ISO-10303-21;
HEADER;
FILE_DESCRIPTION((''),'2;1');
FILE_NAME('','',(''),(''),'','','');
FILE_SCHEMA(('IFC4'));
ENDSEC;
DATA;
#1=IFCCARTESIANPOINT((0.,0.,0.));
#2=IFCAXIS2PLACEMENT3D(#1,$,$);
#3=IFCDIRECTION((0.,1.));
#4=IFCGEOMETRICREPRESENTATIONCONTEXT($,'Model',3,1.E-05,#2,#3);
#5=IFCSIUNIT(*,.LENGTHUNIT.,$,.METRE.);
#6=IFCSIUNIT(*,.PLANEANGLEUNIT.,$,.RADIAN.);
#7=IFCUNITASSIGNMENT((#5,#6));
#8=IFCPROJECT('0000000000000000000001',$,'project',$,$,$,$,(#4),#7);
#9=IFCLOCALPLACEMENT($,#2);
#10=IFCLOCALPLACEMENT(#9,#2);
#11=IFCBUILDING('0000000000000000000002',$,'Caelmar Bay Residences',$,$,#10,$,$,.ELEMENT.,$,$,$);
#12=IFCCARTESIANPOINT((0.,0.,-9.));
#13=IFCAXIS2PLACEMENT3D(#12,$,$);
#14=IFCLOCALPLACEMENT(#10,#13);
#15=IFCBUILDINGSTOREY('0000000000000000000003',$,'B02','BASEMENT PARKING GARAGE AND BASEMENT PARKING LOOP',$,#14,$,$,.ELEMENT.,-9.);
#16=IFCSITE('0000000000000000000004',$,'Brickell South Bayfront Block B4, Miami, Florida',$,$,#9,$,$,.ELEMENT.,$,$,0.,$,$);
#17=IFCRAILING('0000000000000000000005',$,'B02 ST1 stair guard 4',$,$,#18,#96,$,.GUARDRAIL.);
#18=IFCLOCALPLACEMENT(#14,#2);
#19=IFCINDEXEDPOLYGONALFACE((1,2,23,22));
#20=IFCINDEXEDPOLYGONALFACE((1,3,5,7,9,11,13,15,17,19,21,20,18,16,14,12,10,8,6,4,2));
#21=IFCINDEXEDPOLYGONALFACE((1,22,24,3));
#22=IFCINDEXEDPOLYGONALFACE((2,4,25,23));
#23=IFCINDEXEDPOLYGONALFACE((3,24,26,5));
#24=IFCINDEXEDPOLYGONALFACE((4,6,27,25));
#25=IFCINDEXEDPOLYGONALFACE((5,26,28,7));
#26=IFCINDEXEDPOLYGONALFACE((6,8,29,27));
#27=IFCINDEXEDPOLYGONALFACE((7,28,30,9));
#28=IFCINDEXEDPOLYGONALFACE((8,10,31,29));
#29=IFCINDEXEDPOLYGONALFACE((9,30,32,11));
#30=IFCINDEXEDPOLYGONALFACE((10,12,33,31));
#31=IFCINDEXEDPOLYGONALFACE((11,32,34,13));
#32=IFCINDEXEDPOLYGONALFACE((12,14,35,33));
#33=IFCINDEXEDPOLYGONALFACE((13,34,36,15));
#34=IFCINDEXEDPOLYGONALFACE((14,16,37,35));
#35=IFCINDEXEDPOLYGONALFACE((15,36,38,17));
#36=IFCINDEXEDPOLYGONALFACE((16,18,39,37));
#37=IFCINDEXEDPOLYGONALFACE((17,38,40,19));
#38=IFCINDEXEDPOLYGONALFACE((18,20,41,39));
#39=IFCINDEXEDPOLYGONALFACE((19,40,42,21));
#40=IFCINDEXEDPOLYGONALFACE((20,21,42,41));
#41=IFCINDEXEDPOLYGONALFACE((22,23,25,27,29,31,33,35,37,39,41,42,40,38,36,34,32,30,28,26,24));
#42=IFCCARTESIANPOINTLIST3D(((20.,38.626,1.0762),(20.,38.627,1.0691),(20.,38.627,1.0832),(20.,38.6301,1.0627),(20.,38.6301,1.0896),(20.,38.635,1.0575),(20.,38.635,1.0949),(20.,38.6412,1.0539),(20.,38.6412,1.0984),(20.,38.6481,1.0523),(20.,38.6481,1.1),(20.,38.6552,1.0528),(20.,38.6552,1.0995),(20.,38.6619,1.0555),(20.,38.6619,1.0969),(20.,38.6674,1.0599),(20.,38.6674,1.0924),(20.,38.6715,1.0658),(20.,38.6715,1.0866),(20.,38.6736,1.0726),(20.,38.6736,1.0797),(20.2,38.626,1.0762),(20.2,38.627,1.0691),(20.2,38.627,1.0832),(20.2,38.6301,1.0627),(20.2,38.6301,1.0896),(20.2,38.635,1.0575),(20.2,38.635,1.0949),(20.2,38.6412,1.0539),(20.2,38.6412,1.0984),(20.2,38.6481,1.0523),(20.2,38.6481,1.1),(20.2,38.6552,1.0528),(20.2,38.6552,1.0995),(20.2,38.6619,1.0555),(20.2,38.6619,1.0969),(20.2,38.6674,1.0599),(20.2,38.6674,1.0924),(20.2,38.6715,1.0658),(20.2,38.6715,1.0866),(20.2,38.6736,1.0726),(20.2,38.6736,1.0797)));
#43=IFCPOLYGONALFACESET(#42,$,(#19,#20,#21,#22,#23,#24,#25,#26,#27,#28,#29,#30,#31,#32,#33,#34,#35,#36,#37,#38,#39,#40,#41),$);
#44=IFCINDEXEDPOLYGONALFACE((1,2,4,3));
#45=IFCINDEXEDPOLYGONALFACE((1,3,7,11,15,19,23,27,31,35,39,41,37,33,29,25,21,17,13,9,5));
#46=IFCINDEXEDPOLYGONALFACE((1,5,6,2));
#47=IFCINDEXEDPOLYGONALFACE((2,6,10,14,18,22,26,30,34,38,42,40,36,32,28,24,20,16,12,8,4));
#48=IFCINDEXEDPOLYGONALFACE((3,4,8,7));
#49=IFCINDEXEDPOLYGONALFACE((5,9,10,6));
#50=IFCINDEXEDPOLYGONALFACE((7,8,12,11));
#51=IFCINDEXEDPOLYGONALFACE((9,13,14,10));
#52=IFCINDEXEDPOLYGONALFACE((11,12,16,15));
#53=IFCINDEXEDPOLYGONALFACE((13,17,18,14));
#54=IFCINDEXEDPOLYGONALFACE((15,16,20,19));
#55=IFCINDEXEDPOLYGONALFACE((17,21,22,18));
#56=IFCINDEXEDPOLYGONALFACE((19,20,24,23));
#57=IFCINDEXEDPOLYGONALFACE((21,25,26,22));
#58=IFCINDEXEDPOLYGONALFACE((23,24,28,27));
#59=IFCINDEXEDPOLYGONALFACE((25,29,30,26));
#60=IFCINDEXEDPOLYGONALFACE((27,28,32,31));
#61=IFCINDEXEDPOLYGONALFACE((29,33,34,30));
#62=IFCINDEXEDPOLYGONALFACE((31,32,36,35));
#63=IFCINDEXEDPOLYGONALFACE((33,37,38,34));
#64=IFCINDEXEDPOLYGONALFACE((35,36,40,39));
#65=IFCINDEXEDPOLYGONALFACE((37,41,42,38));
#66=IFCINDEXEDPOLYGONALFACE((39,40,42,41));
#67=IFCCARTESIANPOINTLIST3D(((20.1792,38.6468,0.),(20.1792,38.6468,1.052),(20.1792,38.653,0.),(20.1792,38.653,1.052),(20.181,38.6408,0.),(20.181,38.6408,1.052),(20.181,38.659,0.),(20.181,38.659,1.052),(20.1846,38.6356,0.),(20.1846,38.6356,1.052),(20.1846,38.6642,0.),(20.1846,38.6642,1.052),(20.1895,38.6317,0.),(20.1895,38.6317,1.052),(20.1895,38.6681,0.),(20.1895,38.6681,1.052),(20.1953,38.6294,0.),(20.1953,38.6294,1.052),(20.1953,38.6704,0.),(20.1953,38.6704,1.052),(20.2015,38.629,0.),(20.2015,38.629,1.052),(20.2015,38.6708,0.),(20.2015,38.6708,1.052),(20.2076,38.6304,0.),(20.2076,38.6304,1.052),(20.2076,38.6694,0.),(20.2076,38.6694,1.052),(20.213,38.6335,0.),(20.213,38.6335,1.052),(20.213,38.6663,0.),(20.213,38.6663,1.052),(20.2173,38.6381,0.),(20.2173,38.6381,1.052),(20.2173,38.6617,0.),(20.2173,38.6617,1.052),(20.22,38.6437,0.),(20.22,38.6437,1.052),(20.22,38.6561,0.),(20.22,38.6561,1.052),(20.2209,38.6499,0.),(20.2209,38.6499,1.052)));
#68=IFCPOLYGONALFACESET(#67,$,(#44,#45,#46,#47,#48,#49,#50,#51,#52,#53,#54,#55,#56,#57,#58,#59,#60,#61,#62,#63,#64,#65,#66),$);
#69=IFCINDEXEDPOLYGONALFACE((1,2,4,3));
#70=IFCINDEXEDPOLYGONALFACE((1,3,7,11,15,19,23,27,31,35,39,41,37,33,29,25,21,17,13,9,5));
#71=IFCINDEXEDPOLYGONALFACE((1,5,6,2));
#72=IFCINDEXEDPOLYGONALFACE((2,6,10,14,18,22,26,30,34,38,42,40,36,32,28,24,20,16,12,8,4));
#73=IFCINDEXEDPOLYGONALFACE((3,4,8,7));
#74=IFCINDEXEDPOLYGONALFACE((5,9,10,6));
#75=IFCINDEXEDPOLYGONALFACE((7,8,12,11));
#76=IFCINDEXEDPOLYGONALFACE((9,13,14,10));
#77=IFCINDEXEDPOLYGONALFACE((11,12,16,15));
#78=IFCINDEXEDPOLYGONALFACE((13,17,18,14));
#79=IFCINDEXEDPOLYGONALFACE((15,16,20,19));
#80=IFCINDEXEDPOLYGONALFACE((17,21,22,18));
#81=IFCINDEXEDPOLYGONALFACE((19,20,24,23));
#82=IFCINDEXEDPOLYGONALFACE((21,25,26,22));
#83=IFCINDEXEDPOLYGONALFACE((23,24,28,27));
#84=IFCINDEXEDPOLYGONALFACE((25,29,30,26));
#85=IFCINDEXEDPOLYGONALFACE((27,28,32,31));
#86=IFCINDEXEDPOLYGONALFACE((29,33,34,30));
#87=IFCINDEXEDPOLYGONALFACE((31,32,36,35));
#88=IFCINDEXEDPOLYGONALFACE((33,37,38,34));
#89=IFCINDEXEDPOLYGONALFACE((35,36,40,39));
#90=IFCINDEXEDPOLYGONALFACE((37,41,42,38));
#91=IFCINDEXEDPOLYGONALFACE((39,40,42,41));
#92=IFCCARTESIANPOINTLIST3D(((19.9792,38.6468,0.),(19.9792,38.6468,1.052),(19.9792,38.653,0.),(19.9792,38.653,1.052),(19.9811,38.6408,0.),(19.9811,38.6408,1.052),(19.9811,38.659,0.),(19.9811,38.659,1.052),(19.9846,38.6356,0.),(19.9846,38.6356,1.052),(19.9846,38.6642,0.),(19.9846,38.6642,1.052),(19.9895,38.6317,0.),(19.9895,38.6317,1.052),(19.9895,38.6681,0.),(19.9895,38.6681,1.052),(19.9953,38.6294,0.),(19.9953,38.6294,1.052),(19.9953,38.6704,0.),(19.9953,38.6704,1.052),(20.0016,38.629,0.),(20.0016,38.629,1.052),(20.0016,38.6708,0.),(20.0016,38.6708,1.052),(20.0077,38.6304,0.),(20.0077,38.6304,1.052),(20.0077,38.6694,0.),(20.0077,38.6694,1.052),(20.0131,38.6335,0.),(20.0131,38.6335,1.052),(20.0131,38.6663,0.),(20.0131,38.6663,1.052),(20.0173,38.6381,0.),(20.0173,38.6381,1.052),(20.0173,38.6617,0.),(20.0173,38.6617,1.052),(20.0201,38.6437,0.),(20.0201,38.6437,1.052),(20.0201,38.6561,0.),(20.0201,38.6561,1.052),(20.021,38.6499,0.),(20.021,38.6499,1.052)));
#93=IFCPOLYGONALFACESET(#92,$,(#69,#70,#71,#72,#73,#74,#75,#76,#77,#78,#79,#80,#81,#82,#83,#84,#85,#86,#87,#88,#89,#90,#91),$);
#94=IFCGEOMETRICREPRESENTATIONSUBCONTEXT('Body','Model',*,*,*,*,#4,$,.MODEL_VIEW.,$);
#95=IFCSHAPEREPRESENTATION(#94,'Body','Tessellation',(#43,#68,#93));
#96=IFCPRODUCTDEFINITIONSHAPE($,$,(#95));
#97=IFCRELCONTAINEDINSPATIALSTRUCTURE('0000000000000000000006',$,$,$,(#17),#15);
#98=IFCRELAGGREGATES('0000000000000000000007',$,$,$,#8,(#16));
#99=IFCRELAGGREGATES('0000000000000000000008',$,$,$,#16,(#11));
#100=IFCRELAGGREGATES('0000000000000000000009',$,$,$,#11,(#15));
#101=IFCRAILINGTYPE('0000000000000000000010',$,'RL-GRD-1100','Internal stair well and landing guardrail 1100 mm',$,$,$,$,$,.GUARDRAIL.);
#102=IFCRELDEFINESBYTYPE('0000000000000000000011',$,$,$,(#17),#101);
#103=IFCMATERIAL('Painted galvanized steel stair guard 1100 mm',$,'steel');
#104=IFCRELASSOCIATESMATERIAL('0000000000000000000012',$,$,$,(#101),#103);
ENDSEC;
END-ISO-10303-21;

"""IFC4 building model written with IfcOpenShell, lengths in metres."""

from ifc_helpers import new_model, si_unit, direction, frame, origin, origin_2d, place, context, subcontext, project, spatial, circle, extrude, material, type_object, element, save


model = new_model("IFC4")

# Units and contexts
model_context = context("Model", 3, precision=1e-05, world=origin(), true_north=direction((0.0, 1.0)))
body_context = subcontext(model_context, "Body", "Model", "MODEL_VIEW")
ifc_project = project(units=[si_unit("LENGTHUNIT", "METRE"), si_unit("PLANEANGLEUNIT", "RADIAN")], contexts=[model_context])

# Site, building, storey
site_placement = place(None, origin())
site = spatial("IfcSite", under=ifc_project, at=site_placement, Name="Brickell South Bayfront Block B4, Miami, Florida", CompositionType="ELEMENT", RefElevation=0.0)
building_placement = place(site_placement, origin())
building = spatial("IfcBuilding", under=site, at=building_placement, Name="Caelmar Bay Residences", CompositionType="ELEMENT")
storey_placement = place(building_placement, frame((0.0, 0.0, -9.0)))
storey = spatial("IfcBuildingStorey", under=building, at=storey_placement, Name="B02", Description="BASEMENT PARKING GARAGE AND BASEMENT PARKING LOOP", CompositionType="ELEMENT", Elevation=-9.0)

# Railing
ifc_material_1 = material(Name="Painted galvanized steel stair guard 1100 mm", Category="steel")
railing_type_1 = type_object("IfcRailingType", Name="RL-GRD-1100", Description="Internal stair well and landing guardrail 1100 mm", PredefinedType="GUARDRAIL", material=ifc_material_1)
railing_1_placement = place(storey_placement, frame((20.2, 38.6499, 0.0)))
element("IfcRailing", 1, at=railing_1_placement, inside=storey, type_object=railing_type_1, Name="B02 ST1 stair guard 4", PredefinedType="GUARDRAIL", context=body_context, shape_type="SweptSolid", body=[
    extrude(circle(Radius=0.0239, at=origin_2d()), frame((0.0, 0.0, 1.0762), z_axis=(-1.0, 0.0, 0.0), x_axis=(0.0, -1.0, 0.0)), (0.0, 0.0, 1.0), 0.2),
    extrude(circle(Radius=0.021, at=origin_2d()), origin(), (0.0, 0.0, 1.0), 1.052),
    extrude(circle(Radius=0.021, at=origin_2d()), frame((-0.2, 0.0, 0.0)), (0.0, 0.0, 1.0), 1.052),
])

save(model, "model.ifc")
